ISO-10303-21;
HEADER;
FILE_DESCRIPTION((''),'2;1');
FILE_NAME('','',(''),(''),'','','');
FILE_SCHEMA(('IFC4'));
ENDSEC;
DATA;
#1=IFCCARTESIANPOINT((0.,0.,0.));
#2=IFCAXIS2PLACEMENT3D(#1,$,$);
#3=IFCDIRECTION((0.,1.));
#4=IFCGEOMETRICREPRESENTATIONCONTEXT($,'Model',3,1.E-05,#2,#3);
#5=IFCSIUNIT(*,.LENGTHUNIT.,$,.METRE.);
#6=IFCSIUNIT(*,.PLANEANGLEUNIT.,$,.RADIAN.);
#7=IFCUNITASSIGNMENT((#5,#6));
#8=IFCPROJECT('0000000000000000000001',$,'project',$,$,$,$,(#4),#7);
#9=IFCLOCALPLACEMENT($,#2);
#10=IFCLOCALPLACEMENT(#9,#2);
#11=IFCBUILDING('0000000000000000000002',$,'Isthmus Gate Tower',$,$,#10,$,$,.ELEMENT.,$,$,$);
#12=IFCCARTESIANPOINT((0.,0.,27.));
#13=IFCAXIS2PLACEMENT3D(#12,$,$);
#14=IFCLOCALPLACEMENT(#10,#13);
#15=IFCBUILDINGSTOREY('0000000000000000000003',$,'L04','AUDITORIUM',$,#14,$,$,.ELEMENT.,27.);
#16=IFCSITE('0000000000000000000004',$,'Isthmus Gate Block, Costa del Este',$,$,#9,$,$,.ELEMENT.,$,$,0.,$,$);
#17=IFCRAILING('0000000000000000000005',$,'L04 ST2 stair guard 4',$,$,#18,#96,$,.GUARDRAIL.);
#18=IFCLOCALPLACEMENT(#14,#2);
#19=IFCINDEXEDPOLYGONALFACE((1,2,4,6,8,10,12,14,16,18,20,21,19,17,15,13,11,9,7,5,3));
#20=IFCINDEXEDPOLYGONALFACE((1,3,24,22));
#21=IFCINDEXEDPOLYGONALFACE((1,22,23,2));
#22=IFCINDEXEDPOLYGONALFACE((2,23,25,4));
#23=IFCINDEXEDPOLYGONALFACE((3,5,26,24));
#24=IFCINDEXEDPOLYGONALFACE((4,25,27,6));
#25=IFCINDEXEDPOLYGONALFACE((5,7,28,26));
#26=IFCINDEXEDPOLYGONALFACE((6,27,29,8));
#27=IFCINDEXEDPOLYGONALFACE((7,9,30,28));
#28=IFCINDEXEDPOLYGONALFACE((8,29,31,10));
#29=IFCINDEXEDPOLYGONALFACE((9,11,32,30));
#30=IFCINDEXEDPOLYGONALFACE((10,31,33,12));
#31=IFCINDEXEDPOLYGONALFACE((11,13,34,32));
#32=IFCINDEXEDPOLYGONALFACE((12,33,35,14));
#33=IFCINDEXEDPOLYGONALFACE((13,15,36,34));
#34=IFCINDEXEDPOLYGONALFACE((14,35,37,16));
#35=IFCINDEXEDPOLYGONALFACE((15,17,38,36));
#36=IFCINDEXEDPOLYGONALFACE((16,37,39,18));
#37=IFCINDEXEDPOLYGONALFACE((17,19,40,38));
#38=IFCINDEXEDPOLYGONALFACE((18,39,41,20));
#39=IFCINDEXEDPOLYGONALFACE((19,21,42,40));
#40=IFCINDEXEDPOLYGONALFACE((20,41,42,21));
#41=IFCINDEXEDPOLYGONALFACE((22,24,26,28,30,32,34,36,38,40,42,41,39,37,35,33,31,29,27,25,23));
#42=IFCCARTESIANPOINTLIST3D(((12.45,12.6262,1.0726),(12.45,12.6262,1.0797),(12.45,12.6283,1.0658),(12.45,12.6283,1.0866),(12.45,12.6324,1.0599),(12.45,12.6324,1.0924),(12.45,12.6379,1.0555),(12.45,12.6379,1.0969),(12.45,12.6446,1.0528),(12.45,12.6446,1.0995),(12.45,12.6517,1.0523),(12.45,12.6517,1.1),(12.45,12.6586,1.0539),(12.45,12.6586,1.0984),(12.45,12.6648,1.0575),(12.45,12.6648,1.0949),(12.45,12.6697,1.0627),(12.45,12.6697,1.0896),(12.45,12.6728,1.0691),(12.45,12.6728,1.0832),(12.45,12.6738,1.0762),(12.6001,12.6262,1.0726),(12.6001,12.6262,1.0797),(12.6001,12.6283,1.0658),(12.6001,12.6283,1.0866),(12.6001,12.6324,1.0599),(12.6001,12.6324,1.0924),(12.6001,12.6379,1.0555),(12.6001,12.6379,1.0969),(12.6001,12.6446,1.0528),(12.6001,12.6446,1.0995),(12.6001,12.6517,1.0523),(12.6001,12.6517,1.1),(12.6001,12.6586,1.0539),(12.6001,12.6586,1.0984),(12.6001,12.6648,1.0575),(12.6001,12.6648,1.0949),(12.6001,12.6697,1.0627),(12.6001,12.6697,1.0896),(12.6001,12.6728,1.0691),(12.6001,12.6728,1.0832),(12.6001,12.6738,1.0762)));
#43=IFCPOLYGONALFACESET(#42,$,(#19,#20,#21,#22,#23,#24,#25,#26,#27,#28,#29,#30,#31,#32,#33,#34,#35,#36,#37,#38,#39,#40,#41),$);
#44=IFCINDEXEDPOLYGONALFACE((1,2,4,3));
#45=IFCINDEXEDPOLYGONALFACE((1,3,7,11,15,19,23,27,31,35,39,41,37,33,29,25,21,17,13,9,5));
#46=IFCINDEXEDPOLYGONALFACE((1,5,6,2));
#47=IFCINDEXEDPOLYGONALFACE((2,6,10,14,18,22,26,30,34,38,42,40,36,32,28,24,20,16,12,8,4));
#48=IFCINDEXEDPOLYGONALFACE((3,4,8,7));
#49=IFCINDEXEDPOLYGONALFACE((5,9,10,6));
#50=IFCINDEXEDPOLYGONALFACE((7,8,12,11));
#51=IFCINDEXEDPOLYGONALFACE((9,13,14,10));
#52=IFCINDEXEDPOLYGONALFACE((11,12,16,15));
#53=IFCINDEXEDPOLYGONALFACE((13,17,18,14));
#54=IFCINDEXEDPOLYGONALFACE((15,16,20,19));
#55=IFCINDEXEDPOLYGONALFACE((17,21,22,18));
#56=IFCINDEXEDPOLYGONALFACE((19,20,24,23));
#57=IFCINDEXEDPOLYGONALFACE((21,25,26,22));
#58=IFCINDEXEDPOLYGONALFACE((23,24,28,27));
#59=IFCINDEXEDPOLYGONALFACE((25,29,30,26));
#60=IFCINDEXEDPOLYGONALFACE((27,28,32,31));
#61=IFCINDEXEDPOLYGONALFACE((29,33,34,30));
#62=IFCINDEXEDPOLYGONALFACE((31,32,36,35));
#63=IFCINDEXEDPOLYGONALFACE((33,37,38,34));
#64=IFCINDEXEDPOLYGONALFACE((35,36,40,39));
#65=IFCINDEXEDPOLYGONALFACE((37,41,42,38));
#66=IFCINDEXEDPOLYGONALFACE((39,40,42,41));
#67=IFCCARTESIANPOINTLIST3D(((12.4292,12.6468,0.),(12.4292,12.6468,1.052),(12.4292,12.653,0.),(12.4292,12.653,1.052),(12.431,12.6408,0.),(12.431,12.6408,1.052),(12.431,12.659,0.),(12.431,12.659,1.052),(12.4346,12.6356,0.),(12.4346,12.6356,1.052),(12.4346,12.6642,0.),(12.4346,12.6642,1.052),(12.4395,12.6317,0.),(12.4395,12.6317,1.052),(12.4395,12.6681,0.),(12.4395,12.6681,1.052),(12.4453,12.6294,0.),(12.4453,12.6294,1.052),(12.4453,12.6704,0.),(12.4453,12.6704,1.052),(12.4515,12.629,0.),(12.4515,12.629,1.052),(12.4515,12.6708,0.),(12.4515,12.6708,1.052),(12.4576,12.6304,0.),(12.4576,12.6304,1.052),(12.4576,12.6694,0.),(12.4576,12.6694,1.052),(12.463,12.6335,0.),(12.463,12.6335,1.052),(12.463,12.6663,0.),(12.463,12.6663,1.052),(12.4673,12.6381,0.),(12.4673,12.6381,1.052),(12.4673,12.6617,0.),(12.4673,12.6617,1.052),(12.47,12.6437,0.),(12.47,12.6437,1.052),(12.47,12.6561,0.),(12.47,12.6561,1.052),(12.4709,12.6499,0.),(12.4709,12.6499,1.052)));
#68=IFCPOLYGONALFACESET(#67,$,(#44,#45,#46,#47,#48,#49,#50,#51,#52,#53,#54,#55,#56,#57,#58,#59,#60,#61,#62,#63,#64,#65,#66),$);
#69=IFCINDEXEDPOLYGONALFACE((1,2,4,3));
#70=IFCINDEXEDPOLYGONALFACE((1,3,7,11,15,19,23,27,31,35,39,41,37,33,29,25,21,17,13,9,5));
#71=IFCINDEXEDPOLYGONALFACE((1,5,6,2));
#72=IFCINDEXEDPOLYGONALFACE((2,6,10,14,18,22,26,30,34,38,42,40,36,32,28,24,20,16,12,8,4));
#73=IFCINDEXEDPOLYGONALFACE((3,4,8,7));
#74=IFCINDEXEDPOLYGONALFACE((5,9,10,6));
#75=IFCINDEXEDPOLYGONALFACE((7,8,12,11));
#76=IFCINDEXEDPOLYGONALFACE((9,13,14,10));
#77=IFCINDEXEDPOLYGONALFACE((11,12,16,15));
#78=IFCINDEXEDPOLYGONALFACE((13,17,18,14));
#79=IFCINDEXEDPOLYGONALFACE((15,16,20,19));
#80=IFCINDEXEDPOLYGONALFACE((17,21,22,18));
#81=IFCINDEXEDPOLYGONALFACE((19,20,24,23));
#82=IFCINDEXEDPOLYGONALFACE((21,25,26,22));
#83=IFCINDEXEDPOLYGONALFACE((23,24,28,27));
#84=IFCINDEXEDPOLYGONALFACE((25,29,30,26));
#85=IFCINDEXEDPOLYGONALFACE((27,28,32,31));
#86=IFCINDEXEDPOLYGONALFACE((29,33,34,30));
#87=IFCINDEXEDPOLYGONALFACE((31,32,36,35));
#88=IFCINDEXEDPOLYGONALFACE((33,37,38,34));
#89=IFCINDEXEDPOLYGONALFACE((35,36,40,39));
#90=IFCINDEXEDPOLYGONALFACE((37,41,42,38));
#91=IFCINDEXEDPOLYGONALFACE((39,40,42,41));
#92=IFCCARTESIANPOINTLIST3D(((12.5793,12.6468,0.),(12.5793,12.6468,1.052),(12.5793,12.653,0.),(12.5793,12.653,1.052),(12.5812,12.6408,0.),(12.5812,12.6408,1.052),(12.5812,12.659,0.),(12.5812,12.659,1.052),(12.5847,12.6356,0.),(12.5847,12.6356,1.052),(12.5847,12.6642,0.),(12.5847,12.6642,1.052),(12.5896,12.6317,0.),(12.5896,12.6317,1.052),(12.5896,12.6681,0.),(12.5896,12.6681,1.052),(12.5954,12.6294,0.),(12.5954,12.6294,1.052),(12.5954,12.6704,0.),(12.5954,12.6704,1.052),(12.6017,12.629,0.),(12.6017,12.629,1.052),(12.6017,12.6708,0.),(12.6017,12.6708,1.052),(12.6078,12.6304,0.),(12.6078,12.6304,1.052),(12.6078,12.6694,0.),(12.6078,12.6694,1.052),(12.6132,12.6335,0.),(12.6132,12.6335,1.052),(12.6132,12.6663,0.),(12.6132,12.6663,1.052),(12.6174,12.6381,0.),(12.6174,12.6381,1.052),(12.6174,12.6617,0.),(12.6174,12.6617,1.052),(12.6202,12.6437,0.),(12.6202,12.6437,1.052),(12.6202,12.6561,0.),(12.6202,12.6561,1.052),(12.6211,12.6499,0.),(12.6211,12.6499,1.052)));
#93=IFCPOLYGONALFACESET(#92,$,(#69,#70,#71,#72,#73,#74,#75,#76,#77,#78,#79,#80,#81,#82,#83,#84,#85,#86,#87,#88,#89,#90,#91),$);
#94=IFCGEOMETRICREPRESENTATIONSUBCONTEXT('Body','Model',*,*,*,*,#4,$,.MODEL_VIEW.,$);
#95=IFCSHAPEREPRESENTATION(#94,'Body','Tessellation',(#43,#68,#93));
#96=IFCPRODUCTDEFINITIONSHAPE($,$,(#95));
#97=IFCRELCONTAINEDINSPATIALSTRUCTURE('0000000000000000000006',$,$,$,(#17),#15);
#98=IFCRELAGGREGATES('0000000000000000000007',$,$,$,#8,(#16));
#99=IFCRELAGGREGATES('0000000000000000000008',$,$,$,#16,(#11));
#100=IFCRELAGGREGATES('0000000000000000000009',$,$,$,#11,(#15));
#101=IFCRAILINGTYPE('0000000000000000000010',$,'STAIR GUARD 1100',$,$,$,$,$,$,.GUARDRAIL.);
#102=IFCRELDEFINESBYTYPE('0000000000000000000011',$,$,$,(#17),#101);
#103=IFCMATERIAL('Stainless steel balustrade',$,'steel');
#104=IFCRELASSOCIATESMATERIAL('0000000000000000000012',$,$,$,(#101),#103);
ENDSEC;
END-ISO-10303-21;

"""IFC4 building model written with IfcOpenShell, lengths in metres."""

from ifc_helpers import new_model, si_unit, direction, frame, origin, origin_2d, place, context, subcontext, project, spatial, circle, extrude, material, type_object, element, save


model = new_model("IFC4")

# Units and contexts
model_context = context("Model", 3, precision=1e-05, world=origin(), true_north=direction((0.0, 1.0)))
body_context = subcontext(model_context, "Body", "Model", "MODEL_VIEW")
ifc_project = project(units=[si_unit("LENGTHUNIT", "METRE"), si_unit("PLANEANGLEUNIT", "RADIAN")], contexts=[model_context])

# Site, building, storey
site_placement = place(None, origin())
site = spatial("IfcSite", under=ifc_project, at=site_placement, Name="Isthmus Gate Block, Costa del Este", CompositionType="ELEMENT", RefElevation=0.0)
building_placement = place(site_placement, origin())
building = spatial("IfcBuilding", under=site, at=building_placement, Name="Isthmus Gate Tower", CompositionType="ELEMENT")
storey_placement = place(building_placement, frame((0.0, 0.0, 27.0)))
storey = spatial("IfcBuildingStorey", under=building, at=storey_placement, Name="L04", Description="AUDITORIUM", CompositionType="ELEMENT", Elevation=27.0)

# Railing
ifc_material_1 = material(Name="Stainless steel balustrade", Category="steel")
railing_type_1 = type_object("IfcRailingType", Name="STAIR GUARD 1100", PredefinedType="GUARDRAIL", material=ifc_material_1)
railing_1_placement = place(storey_placement, frame((12.45, 12.6499, 0.0)))
element("IfcRailing", 1, at=railing_1_placement, inside=storey, type_object=railing_type_1, Name="L04 ST2 stair guard 4", PredefinedType="GUARDRAIL", context=body_context, shape_type="SweptSolid", body=[
    extrude(circle(Radius=0.0239, at=origin_2d()), frame((0.0, 0.0, 1.0762), z_axis=(1.0, 0.0, 0.0), x_axis=(0.0, 1.0, 0.0)), (0.0, 0.0, 1.0), 0.1501),
    extrude(circle(Radius=0.021, at=origin_2d()), origin(), (0.0, 0.0, 1.0), 1.052),
    extrude(circle(Radius=0.021, at=origin_2d()), frame((0.1501, 0.0, 0.0)), (0.0, 0.0, 1.0), 1.052),
])

save(model, "model.ifc")
